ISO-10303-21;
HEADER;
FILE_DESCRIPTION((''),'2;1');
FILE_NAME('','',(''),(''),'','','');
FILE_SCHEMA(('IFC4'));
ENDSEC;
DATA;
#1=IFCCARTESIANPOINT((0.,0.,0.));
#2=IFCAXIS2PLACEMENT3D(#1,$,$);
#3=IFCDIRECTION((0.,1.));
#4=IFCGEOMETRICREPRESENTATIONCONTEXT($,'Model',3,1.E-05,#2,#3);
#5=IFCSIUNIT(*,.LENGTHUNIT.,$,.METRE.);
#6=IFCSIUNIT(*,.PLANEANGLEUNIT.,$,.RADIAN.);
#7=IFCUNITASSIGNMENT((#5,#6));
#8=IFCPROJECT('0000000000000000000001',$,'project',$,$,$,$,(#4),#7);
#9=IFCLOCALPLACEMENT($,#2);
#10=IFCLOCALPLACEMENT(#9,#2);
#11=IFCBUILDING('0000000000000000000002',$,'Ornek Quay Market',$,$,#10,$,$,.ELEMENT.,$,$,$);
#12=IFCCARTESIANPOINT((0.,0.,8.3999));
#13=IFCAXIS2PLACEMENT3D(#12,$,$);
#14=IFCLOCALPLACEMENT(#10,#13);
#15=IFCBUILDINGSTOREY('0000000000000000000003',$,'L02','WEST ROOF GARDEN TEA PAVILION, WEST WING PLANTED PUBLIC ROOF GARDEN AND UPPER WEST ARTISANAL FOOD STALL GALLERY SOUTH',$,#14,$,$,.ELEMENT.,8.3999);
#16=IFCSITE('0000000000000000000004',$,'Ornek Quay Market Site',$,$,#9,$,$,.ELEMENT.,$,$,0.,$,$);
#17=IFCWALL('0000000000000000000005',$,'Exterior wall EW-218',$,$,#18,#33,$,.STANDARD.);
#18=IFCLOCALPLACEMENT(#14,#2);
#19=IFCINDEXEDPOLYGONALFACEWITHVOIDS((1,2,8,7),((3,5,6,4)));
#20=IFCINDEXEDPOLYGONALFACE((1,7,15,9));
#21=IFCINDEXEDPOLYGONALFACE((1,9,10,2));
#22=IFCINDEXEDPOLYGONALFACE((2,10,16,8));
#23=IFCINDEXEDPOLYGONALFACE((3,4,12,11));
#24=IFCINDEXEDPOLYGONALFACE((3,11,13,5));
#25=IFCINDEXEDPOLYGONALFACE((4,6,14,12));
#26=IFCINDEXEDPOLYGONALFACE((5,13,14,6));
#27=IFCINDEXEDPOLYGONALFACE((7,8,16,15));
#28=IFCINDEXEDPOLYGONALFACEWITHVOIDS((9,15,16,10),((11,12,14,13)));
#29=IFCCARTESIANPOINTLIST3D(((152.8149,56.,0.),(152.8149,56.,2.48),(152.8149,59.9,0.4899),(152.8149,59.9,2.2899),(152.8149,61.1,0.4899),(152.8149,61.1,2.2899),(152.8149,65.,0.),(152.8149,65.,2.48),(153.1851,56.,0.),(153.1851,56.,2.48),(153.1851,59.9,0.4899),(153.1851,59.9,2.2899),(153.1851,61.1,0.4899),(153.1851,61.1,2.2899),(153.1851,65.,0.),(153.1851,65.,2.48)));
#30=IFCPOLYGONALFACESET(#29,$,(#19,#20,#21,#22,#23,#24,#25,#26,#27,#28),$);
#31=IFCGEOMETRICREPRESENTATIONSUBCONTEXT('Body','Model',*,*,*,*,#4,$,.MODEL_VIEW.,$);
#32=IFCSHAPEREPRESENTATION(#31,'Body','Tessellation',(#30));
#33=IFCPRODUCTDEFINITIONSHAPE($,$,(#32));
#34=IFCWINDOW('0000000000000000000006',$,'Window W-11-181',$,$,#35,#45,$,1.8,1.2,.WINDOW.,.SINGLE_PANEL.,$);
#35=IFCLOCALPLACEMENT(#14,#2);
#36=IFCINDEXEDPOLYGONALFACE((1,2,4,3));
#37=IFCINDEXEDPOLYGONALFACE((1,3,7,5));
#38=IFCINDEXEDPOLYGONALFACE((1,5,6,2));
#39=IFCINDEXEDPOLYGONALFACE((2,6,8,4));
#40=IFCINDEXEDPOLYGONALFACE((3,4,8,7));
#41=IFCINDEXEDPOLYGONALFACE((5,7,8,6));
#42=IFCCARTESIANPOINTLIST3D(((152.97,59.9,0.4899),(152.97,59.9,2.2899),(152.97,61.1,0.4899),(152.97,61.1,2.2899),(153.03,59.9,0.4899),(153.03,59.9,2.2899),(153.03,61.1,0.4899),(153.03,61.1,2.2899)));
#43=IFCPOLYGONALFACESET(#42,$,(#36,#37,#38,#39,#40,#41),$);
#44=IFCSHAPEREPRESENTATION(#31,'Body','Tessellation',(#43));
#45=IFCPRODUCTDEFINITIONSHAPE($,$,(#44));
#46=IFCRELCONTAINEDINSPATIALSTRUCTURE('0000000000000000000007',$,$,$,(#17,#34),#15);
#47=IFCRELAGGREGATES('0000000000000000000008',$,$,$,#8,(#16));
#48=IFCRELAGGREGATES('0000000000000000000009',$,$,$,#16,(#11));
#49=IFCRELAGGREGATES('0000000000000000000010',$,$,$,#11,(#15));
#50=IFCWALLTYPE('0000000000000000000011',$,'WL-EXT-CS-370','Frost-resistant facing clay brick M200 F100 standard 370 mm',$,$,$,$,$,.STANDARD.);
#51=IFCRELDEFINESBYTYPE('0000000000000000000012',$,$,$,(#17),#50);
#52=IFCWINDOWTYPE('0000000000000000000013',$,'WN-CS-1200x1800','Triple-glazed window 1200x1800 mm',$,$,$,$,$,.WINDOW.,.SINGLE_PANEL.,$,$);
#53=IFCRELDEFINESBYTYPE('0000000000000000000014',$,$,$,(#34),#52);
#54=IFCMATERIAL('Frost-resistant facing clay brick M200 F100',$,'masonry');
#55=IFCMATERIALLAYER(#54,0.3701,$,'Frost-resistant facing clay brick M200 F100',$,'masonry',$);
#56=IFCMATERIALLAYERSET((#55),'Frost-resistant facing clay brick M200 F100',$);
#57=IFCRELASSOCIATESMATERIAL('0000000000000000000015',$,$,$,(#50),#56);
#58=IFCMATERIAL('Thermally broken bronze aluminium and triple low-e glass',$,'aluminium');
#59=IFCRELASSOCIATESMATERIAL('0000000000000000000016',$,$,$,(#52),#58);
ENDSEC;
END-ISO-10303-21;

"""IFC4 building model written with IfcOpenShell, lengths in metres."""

from ifc_helpers import new_model, si_unit, direction, frame, frame_2d, origin, place, context, subcontext, project, spatial, rectangle, extrude, material, layer, layer_set, type_object, element, fill, save


model = new_model("IFC4")

# Units and contexts
model_context = context("Model", 3, precision=1e-05, world=origin(), true_north=direction((0.0, 1.0)))
body_context = subcontext(model_context, "Body", "Model", "MODEL_VIEW")
ifc_project = project(units=[si_unit("LENGTHUNIT", "METRE"), si_unit("PLANEANGLEUNIT", "RADIAN")], contexts=[model_context])

# Site, building, storey
site_placement = place(None, origin())
site = spatial("IfcSite", under=ifc_project, at=site_placement, Name="Ornek Quay Market Site", CompositionType="ELEMENT", RefElevation=0.0)
building_placement = place(site_placement, origin())
building = spatial("IfcBuilding", under=site, at=building_placement, Name="Ornek Quay Market", CompositionType="ELEMENT")
storey_placement = place(building_placement, frame((0.0, 0.0, 8.3999)))
storey = spatial("IfcBuildingStorey", under=building, at=storey_placement, Name="L02", Description="WEST ROOF GARDEN TEA PAVILION, WEST WING PLANTED PUBLIC ROOF GARDEN AND UPPER WEST ARTISANAL FOOD STALL GALLERY SOUTH", CompositionType="ELEMENT", Elevation=8.3999)

# Wall, opening, window
ifc_material_1 = material(Name="Frost-resistant facing clay brick M200 F100", Category="masonry")
ifc_layer_1 = layer(ifc_material_1, 0.3701, Name="Frost-resistant facing clay brick M200 F100", Category="masonry")
ifc_layer_set_1 = layer_set([ifc_layer_1], Name="Frost-resistant facing clay brick M200 F100")
wall_type = type_object("IfcWallType", Name="WL-EXT-CS-370", Description="Frost-resistant facing clay brick M200 F100 standard 370 mm", PredefinedType="STANDARD", material=ifc_layer_set_1)
wall_placement = place(storey_placement, frame((153.0, 56.0, 0.0), z_axis=(0.0, 0.0, 1.0), x_axis=(0.0, 1.0, 0.0)))
wall = element("IfcWall", 1, at=wall_placement, inside=storey, type_object=wall_type, Name="Exterior wall EW-218", PredefinedType="STANDARD", context=body_context, shape_type="SweptSolid", body=[
    extrude(rectangle(XDim=9.0, YDim=0.3701, at=frame_2d((4.5, 0.0))), origin(), (0.0, 0.0, 1.0), 2.48),
])
opening_placement = place(wall_placement, frame((3.8999, 0.0, 0.49)))
opening = element("IfcOpeningElement", 2, at=opening_placement, cuts=wall, PredefinedType="OPENING", context=body_context, shape_type="SweptSolid", body=[
    extrude(rectangle(XDim=1.2, YDim=1.8, at=frame_2d((0.6001, 0.8999))), frame((0.0, 0.1951, 0.0), z_axis=(0.0, -1.0, 0.0), x_axis=(1.0, 0.0, 0.0)), (0.0, 0.0, 1.0), 0.3901),
])
ifc_material_2 = material(Name="Thermally broken bronze aluminium and triple low-e glass", Category="aluminium")
window_type = type_object("IfcWindowType", Name="WN-CS-1200x1800", Description="Triple-glazed window 1200x1800 mm", PartitioningType="SINGLE_PANEL", PredefinedType="WINDOW", material=ifc_material_2)
window_placement = place(opening_placement, origin())
window = element("IfcWindow", 3, at=window_placement, inside=storey, type_object=window_type, Name="Window W-11-181", OverallHeight=1.8, OverallWidth=1.2, PartitioningType="SINGLE_PANEL", PredefinedType="WINDOW", context=body_context, shape_type="SweptSolid", body=[
    extrude(rectangle(XDim=1.2, YDim=1.8, at=frame_2d((0.6001, 0.8999))), frame((0.0, 0.03, 0.0), z_axis=(0.0, -1.0, 0.0), x_axis=(1.0, 0.0, 0.0)), (0.0, 0.0, 1.0), 0.0601),
])
fill(opening, window)

save(model, "model.ifc")
